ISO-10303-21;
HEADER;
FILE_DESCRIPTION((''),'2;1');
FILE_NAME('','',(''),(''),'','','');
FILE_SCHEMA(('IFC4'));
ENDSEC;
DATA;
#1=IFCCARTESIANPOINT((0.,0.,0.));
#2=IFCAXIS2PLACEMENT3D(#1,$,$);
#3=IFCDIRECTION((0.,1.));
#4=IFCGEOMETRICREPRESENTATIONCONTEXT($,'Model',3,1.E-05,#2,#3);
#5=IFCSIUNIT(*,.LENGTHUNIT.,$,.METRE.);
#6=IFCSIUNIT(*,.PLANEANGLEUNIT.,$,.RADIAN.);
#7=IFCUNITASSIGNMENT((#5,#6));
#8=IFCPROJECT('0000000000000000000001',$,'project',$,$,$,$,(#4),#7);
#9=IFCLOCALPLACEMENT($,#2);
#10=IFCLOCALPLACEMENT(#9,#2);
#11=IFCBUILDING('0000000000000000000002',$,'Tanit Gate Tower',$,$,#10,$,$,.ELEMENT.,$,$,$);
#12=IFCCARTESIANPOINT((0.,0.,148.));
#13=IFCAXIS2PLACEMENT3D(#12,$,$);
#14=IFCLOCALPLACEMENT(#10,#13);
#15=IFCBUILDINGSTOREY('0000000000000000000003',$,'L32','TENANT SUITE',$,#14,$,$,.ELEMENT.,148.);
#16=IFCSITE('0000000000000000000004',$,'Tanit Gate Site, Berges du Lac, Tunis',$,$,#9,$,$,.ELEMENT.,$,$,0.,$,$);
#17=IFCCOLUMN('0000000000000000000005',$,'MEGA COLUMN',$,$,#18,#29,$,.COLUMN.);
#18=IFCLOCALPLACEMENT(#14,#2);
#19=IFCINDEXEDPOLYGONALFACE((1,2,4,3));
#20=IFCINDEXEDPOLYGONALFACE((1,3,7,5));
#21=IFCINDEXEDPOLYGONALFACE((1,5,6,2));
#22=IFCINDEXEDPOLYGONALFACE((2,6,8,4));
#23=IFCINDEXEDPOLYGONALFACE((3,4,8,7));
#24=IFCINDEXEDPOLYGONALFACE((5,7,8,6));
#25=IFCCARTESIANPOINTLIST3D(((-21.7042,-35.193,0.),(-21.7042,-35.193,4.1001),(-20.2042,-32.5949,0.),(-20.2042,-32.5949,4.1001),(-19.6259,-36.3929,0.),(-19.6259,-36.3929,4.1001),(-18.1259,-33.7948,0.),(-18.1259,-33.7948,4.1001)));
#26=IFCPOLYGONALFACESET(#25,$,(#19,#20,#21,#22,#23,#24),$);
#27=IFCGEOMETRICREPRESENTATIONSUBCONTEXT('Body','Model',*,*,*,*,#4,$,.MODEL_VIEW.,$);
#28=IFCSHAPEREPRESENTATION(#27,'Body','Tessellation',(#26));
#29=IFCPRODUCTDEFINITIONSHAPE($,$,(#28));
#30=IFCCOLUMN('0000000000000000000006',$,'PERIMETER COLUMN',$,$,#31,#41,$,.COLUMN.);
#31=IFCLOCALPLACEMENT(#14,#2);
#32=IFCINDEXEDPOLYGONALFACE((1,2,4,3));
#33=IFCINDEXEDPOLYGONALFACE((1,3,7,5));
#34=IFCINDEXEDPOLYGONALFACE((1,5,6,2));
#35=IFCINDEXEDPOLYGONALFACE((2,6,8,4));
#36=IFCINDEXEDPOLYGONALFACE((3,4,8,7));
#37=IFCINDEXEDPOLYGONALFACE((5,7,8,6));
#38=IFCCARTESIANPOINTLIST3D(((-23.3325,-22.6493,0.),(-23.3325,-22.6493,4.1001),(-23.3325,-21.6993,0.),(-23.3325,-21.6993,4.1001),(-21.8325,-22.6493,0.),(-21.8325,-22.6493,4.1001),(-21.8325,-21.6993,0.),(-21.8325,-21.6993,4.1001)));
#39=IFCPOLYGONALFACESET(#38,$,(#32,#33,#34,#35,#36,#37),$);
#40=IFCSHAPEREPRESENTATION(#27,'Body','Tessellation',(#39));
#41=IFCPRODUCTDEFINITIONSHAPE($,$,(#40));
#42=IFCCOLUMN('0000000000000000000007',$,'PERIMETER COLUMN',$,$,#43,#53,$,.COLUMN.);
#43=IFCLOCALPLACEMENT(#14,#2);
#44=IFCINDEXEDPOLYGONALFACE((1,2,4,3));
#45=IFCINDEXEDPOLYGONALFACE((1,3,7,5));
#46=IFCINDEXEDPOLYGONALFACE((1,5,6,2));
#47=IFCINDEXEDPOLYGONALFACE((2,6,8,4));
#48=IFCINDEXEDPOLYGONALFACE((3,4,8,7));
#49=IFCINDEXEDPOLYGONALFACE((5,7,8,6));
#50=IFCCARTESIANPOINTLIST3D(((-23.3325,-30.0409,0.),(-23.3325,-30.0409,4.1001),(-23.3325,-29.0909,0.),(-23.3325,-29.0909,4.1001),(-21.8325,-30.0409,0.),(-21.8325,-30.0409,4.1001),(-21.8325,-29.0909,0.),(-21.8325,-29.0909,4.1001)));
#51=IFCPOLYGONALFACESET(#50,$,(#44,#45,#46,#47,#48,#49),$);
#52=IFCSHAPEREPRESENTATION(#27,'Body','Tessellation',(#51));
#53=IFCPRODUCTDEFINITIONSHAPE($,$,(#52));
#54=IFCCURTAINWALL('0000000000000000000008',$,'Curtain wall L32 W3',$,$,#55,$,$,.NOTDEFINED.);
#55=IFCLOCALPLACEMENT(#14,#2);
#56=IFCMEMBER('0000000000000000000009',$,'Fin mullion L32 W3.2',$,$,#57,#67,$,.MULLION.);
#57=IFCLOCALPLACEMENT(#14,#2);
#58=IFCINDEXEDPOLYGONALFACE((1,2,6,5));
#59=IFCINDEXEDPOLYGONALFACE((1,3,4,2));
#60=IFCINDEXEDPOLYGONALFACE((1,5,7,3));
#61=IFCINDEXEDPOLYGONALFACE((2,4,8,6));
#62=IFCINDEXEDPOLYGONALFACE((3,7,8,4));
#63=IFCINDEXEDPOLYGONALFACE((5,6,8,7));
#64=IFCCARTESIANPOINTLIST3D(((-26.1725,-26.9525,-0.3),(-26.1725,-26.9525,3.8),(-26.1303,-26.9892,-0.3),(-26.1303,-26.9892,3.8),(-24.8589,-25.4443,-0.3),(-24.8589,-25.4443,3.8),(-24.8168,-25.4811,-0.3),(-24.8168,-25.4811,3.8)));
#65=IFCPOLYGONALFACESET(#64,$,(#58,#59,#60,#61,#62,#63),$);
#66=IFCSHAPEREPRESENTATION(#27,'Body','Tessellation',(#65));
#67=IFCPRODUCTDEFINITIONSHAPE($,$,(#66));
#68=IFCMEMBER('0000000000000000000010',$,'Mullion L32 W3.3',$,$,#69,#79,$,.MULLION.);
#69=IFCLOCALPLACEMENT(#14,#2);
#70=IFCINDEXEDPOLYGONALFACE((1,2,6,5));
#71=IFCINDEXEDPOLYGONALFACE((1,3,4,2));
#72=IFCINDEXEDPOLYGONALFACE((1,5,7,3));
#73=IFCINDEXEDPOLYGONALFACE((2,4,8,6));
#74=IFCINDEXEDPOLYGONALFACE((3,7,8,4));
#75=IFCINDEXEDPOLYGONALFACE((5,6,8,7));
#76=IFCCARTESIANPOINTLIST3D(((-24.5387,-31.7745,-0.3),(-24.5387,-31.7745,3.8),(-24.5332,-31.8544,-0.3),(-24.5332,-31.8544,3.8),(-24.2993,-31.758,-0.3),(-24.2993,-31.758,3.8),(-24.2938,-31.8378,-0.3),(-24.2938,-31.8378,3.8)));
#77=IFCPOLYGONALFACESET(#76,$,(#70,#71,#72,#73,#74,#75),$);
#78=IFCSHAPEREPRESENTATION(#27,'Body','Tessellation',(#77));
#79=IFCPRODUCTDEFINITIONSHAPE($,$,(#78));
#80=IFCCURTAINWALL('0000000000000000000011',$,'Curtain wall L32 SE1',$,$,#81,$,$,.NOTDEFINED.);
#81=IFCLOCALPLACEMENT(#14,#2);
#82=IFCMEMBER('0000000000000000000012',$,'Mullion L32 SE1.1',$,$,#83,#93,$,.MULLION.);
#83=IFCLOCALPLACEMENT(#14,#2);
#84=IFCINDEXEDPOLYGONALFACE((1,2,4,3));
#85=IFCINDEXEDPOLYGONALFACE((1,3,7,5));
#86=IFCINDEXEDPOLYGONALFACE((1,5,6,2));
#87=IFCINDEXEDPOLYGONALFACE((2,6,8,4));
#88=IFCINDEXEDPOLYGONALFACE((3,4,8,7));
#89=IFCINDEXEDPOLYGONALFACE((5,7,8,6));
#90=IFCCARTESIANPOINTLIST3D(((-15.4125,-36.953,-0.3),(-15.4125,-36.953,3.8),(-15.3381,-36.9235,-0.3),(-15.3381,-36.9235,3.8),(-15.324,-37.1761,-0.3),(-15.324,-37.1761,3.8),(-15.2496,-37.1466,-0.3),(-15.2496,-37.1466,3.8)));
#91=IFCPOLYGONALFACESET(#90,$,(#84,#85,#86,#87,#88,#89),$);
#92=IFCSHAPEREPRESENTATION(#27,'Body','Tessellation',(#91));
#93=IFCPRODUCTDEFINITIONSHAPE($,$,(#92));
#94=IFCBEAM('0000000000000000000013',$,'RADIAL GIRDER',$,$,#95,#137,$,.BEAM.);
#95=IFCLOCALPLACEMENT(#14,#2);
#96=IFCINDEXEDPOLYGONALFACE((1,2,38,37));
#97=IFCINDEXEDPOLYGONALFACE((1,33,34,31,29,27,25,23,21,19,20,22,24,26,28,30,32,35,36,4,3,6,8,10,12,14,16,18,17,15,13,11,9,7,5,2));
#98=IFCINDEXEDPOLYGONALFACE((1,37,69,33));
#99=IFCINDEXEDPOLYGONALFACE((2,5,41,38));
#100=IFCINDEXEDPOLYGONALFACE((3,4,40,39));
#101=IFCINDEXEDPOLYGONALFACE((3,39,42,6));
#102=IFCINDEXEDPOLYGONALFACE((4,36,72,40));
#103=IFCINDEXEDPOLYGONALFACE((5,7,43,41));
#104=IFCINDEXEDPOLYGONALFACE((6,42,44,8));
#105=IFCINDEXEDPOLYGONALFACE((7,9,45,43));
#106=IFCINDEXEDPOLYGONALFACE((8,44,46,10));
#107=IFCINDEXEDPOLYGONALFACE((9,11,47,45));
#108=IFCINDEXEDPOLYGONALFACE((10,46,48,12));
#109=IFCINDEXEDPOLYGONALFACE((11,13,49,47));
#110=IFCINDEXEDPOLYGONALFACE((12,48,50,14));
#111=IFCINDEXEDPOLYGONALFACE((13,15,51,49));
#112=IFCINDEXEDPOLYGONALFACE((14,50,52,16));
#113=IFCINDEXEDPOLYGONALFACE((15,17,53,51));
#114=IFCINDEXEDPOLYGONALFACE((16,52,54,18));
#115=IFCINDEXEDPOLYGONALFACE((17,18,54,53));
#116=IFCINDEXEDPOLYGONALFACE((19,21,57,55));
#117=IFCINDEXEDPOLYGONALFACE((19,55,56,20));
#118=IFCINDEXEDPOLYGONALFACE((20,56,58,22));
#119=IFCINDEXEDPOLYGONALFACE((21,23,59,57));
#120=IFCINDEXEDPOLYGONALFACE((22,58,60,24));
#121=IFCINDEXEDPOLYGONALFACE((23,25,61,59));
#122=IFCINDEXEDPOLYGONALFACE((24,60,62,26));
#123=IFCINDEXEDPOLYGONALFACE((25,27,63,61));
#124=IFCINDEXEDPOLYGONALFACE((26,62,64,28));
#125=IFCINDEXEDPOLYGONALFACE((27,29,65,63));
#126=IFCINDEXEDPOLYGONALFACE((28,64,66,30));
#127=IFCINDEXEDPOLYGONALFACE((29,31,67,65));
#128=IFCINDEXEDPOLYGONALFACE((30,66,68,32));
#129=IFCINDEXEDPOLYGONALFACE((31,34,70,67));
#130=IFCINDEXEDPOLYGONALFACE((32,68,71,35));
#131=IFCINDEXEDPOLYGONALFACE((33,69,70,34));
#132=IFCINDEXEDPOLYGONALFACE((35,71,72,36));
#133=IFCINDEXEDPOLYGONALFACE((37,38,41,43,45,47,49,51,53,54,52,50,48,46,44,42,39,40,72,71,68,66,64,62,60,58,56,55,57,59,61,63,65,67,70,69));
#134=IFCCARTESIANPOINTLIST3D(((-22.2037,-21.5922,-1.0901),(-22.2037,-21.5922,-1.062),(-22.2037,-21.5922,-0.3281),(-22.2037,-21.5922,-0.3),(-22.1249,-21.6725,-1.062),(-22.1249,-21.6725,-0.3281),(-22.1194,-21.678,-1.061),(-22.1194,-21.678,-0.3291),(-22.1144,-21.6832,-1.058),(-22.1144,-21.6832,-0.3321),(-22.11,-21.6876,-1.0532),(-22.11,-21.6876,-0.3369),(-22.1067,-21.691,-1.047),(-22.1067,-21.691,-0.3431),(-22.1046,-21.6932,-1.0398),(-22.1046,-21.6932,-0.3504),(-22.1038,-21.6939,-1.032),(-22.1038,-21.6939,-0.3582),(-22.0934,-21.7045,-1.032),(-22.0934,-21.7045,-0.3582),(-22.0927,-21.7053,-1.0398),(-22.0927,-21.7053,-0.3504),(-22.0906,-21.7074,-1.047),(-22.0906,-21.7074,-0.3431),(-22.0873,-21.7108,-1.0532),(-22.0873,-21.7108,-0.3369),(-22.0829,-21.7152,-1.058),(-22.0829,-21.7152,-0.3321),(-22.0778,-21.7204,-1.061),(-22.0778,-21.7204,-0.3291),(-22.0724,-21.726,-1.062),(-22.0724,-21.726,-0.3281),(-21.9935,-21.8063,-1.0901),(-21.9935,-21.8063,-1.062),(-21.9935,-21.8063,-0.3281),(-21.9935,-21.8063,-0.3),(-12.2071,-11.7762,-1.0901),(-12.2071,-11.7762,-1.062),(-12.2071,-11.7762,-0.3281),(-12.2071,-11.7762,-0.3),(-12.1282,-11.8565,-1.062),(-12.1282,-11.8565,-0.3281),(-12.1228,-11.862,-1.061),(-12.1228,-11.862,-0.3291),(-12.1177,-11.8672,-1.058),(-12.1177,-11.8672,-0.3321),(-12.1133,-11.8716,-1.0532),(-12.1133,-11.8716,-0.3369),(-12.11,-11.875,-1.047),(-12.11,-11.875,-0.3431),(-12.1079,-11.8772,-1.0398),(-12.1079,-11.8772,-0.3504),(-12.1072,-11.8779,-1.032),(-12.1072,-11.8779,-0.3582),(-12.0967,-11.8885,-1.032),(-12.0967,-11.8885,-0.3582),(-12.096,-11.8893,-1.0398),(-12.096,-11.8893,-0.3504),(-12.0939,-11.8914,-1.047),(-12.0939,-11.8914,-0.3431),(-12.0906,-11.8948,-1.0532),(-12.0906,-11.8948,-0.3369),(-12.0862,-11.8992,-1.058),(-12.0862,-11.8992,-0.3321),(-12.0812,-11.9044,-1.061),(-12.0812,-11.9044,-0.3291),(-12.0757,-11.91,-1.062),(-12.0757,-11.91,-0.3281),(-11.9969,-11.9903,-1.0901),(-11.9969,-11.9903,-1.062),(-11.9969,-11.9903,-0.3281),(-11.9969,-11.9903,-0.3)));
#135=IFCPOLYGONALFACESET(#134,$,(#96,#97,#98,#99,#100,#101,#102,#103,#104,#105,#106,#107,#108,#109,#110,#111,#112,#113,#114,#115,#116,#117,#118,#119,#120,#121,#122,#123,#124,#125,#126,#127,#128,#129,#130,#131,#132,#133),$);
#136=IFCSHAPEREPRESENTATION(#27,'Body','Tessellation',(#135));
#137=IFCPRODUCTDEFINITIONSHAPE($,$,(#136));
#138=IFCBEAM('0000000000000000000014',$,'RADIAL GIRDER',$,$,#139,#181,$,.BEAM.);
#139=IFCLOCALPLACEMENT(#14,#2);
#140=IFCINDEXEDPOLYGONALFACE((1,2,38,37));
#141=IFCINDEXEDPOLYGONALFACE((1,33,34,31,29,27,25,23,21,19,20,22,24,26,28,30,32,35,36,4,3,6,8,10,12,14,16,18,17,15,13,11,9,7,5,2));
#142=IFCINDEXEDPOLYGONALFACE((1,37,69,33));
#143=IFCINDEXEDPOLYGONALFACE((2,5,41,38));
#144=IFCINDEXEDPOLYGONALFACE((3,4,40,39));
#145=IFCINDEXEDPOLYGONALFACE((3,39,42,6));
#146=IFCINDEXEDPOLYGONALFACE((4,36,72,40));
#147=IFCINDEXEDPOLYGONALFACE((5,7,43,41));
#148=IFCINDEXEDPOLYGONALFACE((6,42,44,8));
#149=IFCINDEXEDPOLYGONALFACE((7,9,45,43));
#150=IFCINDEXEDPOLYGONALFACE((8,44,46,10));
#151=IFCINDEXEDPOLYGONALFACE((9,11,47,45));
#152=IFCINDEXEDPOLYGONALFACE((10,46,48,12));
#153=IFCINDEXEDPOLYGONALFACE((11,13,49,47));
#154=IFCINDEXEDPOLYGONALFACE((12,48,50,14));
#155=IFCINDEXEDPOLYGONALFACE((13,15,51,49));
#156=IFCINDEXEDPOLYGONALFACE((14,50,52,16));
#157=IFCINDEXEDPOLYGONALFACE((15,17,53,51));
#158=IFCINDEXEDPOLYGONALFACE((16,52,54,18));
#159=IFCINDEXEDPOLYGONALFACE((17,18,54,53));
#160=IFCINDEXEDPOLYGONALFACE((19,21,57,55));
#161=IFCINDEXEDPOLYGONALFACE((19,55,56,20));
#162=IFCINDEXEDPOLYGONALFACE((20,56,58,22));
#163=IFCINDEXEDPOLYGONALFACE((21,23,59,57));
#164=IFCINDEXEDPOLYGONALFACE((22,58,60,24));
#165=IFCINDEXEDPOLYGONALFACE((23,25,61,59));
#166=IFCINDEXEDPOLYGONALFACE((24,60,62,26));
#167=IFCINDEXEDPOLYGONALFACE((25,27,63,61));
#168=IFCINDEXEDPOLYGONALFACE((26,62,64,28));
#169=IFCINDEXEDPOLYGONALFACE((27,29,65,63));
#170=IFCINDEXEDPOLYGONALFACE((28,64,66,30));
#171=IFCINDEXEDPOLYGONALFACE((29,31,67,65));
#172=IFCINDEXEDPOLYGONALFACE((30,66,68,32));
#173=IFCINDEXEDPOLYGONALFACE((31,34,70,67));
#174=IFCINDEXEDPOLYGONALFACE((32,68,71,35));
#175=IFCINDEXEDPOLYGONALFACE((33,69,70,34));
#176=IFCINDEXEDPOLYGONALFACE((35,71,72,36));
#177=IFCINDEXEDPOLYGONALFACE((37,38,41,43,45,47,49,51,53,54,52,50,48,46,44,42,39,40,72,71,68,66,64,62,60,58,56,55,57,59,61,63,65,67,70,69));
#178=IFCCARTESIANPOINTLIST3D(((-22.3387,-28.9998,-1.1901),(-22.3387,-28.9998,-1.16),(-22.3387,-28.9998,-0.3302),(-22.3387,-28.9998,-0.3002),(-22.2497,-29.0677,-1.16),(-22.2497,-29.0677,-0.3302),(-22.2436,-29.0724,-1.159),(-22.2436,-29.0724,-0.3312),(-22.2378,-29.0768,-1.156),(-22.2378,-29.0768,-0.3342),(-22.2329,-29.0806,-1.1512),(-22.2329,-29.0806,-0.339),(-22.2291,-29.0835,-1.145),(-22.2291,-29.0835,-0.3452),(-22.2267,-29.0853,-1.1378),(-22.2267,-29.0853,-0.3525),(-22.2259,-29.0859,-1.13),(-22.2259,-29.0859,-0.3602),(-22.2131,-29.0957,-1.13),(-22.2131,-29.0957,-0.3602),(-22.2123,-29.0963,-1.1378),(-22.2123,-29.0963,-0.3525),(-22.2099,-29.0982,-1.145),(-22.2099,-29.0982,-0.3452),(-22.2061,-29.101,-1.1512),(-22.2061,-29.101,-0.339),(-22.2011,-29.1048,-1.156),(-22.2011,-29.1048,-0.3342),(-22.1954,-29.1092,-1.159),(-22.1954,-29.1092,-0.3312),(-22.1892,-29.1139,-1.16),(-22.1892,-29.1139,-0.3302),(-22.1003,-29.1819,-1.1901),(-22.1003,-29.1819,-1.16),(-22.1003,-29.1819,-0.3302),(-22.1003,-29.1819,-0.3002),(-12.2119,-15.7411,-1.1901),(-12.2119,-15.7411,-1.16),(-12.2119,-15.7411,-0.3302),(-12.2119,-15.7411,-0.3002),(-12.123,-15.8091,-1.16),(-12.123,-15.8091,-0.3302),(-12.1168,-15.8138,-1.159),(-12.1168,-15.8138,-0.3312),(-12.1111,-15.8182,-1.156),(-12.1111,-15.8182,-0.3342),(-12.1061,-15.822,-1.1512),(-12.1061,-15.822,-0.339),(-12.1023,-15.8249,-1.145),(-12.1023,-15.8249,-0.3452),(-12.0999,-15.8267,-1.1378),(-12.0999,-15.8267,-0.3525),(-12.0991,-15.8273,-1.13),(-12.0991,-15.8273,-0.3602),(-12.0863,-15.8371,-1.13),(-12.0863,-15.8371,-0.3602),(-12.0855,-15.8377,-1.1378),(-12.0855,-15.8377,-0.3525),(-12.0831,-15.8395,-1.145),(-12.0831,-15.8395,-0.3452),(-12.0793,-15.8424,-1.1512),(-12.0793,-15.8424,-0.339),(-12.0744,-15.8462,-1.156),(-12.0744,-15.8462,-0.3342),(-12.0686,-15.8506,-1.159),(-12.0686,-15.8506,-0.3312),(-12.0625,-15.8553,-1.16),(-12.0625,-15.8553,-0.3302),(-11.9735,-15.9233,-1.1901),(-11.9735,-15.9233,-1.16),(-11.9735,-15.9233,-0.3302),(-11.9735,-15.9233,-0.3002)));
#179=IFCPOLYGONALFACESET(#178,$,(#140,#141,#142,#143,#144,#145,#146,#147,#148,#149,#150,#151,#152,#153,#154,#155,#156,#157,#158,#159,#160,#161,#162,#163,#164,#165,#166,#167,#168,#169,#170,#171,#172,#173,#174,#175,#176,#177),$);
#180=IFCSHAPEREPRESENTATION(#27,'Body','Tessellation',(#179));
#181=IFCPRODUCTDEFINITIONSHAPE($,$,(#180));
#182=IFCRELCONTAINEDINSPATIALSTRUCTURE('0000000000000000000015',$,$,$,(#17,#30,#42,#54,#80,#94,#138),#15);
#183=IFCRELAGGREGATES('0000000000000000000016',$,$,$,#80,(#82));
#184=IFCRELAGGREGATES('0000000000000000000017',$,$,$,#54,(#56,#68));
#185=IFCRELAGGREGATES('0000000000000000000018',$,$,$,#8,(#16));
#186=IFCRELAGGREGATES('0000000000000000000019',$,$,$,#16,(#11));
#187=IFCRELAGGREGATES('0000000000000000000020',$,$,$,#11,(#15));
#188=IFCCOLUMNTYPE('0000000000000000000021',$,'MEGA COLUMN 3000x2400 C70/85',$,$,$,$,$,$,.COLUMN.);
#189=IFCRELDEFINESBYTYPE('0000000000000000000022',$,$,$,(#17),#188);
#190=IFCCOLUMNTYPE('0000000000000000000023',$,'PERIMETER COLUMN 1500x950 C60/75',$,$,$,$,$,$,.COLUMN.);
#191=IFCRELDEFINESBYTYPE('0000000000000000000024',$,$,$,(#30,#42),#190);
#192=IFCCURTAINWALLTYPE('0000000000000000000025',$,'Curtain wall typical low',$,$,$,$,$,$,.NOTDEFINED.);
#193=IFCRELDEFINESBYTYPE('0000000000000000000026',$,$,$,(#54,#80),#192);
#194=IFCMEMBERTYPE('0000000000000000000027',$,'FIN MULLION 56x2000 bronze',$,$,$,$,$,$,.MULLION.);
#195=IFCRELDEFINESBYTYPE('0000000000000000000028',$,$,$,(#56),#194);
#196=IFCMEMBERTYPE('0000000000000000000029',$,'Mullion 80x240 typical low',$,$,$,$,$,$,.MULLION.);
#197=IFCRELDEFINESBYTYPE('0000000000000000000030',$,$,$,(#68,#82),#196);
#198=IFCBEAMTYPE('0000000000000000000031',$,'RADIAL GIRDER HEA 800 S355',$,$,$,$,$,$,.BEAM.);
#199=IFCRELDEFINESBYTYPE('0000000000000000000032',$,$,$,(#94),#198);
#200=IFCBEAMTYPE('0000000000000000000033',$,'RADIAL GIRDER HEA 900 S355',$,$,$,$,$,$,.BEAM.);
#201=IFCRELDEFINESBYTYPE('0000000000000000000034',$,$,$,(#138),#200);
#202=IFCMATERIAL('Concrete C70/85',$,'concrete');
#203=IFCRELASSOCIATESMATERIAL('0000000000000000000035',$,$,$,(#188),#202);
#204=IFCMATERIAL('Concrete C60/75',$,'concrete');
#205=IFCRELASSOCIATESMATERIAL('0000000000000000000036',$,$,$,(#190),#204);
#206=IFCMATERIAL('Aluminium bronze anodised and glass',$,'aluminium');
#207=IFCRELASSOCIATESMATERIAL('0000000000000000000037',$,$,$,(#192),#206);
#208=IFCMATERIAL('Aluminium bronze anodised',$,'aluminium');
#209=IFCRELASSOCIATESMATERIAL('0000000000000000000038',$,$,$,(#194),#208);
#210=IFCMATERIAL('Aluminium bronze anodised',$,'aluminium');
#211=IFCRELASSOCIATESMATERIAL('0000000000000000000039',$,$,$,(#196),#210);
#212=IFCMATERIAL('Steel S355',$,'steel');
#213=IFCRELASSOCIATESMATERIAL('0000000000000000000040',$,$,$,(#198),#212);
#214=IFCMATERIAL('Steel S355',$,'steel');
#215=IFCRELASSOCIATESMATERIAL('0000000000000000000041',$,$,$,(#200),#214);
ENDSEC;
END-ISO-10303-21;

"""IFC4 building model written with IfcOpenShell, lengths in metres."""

from ifc_helpers import new_model, si_unit, direction, frame, origin, origin_2d, place, context, subcontext, project, spatial, rectangle, i_section, extrude, material, material_profile, profile_set, type_object, element, aggregate, save


model = new_model("IFC4")

# Units and contexts
model_context = context("Model", 3, precision=1e-05, world=origin(), true_north=direction((0.0, 1.0)))
body_context = subcontext(model_context, "Body", "Model", "MODEL_VIEW")
ifc_project = project(units=[si_unit("LENGTHUNIT", "METRE"), si_unit("PLANEANGLEUNIT", "RADIAN")], contexts=[model_context])

# Site, building, storey
site_placement = place(None, origin())
site = spatial("IfcSite", under=ifc_project, at=site_placement, Name="Tanit Gate Site, Berges du Lac, Tunis", CompositionType="ELEMENT", RefElevation=0.0)
building_placement = place(site_placement, origin())
building = spatial("IfcBuilding", under=site, at=building_placement, Name="Tanit Gate Tower", CompositionType="ELEMENT")
storey_placement = place(building_placement, frame((0.0, 0.0, 148.0)))
storey = spatial("IfcBuildingStorey", under=building, at=storey_placement, Name="L32", Description="TENANT SUITE", CompositionType="ELEMENT", Elevation=148.0)

# Columns
ifc_material_1 = material(Name="Concrete C70/85", Category="concrete")
ifc_material_profile_1 = material_profile(ifc_material_1, rectangle(XDim=3.0, YDim=2.3999, at=origin_2d()), Name="RC 3000x2400")
ifc_profile_set_1 = profile_set([ifc_material_profile_1], Name="Concrete C70/85")
column_type_1 = type_object("IfcColumnType", Name="MEGA COLUMN 3000x2400 C70/85", PredefinedType="COLUMN", material=ifc_profile_set_1)
column_placement = place(storey_placement, frame((-19.915, -34.4939, 0.0), z_axis=(0.0, 0.0, 1.0), x_axis=(-0.5, -0.866025, 0.0)))
element("IfcColumn", 1, at=column_placement, inside=storey, type_object=column_type_1, Name="MEGA COLUMN", PredefinedType="COLUMN", context=body_context, shape_type="SweptSolid", body=[
    extrude(rectangle(XDim=3.0, YDim=2.3999, at=origin_2d()), origin(), (0.0, 0.0, 1.0), 4.1001),
])
ifc_material_2 = material(Name="Concrete C60/75", Category="concrete")
ifc_material_profile_2 = material_profile(ifc_material_2, rectangle(XDim=1.5, YDim=0.95, at=origin_2d()), Name="RC 1500x950")
ifc_profile_set_2 = profile_set([ifc_material_profile_2], Name="Concrete C60/75")
column_type_2 = type_object("IfcColumnType", Name="PERIMETER COLUMN 1500x950 C60/75", PredefinedType="COLUMN", material=ifc_profile_set_2)
for number, where, z_axis, x_axis, name in (
    (2, (-22.5825, -22.1743, 0.0), (0.0, 0.0, 1.0), (-1.0, 0.0, 0.0), "PERIMETER COLUMN"),
    (3, (-22.5825, -29.5659, 0.0), (0.0, 0.0, 1.0), (-1.0, 0.0, 0.0), "PERIMETER COLUMN"),
):
    element("IfcColumn", number, at=place(storey_placement, frame(where, z_axis=z_axis, x_axis=x_axis)), inside=storey, type_object=column_type_2, Name=name, PredefinedType="COLUMN", context=body_context, shape_type="SweptSolid", body=[
        extrude(rectangle(XDim=1.5, YDim=0.95, at=origin_2d()), origin(), (0.0, 0.0, 1.0), 4.1001),
    ])

# Curtain wall, members
ifc_material_3 = material(Name="Aluminium bronze anodised and glass", Category="aluminium")
curtain_wall_type = type_object("IfcCurtainWallType", Name="Curtain wall typical low", PredefinedType="NOTDEFINED", material=ifc_material_3)
curtain_wall_1_placement = place(storey_placement, origin())
curtain_wall_1 = element("IfcCurtainWall", 4, at=curtain_wall_1_placement, inside=storey, type_object=curtain_wall_type, Name="Curtain wall L32 W3", PredefinedType="NOTDEFINED")
ifc_material_4 = material(Name="Aluminium bronze anodised", Category="aluminium")
ifc_material_profile_3 = material_profile(ifc_material_4, rectangle(XDim=2.0, YDim=0.0559, at=origin_2d()), Name="56x2000 bronze fin mullion")
ifc_profile_set_3 = profile_set([ifc_material_profile_3], Name="Aluminium bronze anodised")
member_type_1 = type_object("IfcMemberType", Name="FIN MULLION 56x2000 bronze", PredefinedType="MULLION", material=ifc_profile_set_3)
member_1_placement = place(storey_placement, frame((-25.4946, -26.2168, -0.3), z_axis=(0.0, 0.0, 1.0), x_axis=(0.656773, 0.754088, 0.0)))
member_1 = element("IfcMember", 5, at=member_1_placement, type_object=member_type_1, Name="Fin mullion L32 W3.2", PredefinedType="MULLION", context=body_context, shape_type="SweptSolid", body=[
    extrude(rectangle(XDim=2.0, YDim=0.0559, at=origin_2d()), origin(), (0.0, 0.0, 1.0), 4.1001),
])
ifc_material_5 = material(Name="Aluminium bronze anodised", Category="aluminium")
ifc_material_profile_4 = material_profile(ifc_material_5, rectangle(XDim=0.24, YDim=0.0801, at=origin_2d()), Name="80x240 bronze mullion")
ifc_profile_set_4 = profile_set([ifc_material_profile_4], Name="Aluminium bronze anodised")
member_type_2 = type_object("IfcMemberType", Name="Mullion 80x240 typical low", PredefinedType="MULLION", material=ifc_profile_set_4)
member_2_placement = place(storey_placement, frame((-24.4163, -31.8062, -0.3), z_axis=(0.0, 0.0, 1.0), x_axis=(0.99763, 0.068812, 0.0)))
member_2 = element("IfcMember", 6, at=member_2_placement, type_object=member_type_2, Name="Mullion L32 W3.3", PredefinedType="MULLION", context=body_context, shape_type="SweptSolid", body=[
    extrude(rectangle(XDim=0.24, YDim=0.0801, at=origin_2d()), origin(), (0.0, 0.0, 1.0), 4.1001),
])

# Curtain wall, member
curtain_wall_2_placement = place(storey_placement, origin())
curtain_wall_2 = element("IfcCurtainWall", 7, at=curtain_wall_2_placement, inside=storey, type_object=curtain_wall_type, Name="Curtain wall L32 SE1", PredefinedType="NOTDEFINED")
member_3_placement = place(storey_placement, frame((-15.3311, -37.0498, -0.3), z_axis=(0.0, 0.0, 1.0), x_axis=(-0.368938, 0.929454, 0.0)))
member_3 = element("IfcMember", 8, at=member_3_placement, type_object=member_type_2, Name="Mullion L32 SE1.1", PredefinedType="MULLION", context=body_context, shape_type="SweptSolid", body=[
    extrude(rectangle(XDim=0.24, YDim=0.0801, at=origin_2d()), origin(), (0.0, 0.0, 1.0), 4.1001),
])

# Beams
ifc_material_6 = material(Name="Steel S355", Category="steel")
ifc_material_profile_5 = material_profile(ifc_material_6, i_section(OverallWidth=0.3, OverallDepth=0.79, WebThickness=0.0149, FlangeThickness=0.0281, FilletRadius=0.03, at=origin_2d()), Name="HEA 800")
ifc_profile_set_5 = profile_set([ifc_material_profile_5], Name="Steel S355")
beam_type_1 = type_object("IfcBeamType", Name="RADIAL GIRDER HEA 800 S355", PredefinedType="BEAM", material=ifc_profile_set_5)
beam_1_placement = place(storey_placement, frame((-22.0986, -21.6992, -0.6951), z_axis=(0.713525, 0.70063, 0.0), x_axis=(-0.70063, 0.713525, 0.0)))
element("IfcBeam", 9, at=beam_1_placement, inside=storey, type_object=beam_type_1, Name="RADIAL GIRDER", PredefinedType="BEAM", context=body_context, shape_type="SweptSolid", body=[
    extrude(i_section(OverallWidth=0.3, OverallDepth=0.79, WebThickness=0.0149, FlangeThickness=0.0281, FilletRadius=0.03, at=origin_2d()), origin(), (0.0, 0.0, 1.0), 14.0103),
])
ifc_material_7 = material(Name="Steel S355", Category="steel")
ifc_material_profile_6 = material_profile(ifc_material_7, i_section(OverallWidth=0.3, OverallDepth=0.8899, WebThickness=0.0161, FlangeThickness=0.03, FilletRadius=0.03, at=origin_2d()), Name="HEA 900")
ifc_profile_set_6 = profile_set([ifc_material_profile_6], Name="Steel S355")
beam_type_2 = type_object("IfcBeamType", Name="RADIAL GIRDER HEA 900 S355", PredefinedType="BEAM", material=ifc_profile_set_6)
beam_2_placement = place(storey_placement, frame((-22.2195, -29.0908, -0.7451), z_axis=(0.606989, 0.79471, 0.0), x_axis=(-0.79471, 0.606989, 0.0)))
element("IfcBeam", 10, at=beam_2_placement, inside=storey, type_object=beam_type_2, Name="RADIAL GIRDER", PredefinedType="BEAM", context=body_context, shape_type="SweptSolid", body=[
    extrude(i_section(OverallWidth=0.3, OverallDepth=0.8899, WebThickness=0.0161, FlangeThickness=0.03, FilletRadius=0.03, at=origin_2d()), origin(), (0.0, 0.0, 1.0), 16.6836),
])

aggregate(curtain_wall_2, [member_3])

aggregate(curtain_wall_1, [member_1, member_2])

save(model, "model.ifc")
